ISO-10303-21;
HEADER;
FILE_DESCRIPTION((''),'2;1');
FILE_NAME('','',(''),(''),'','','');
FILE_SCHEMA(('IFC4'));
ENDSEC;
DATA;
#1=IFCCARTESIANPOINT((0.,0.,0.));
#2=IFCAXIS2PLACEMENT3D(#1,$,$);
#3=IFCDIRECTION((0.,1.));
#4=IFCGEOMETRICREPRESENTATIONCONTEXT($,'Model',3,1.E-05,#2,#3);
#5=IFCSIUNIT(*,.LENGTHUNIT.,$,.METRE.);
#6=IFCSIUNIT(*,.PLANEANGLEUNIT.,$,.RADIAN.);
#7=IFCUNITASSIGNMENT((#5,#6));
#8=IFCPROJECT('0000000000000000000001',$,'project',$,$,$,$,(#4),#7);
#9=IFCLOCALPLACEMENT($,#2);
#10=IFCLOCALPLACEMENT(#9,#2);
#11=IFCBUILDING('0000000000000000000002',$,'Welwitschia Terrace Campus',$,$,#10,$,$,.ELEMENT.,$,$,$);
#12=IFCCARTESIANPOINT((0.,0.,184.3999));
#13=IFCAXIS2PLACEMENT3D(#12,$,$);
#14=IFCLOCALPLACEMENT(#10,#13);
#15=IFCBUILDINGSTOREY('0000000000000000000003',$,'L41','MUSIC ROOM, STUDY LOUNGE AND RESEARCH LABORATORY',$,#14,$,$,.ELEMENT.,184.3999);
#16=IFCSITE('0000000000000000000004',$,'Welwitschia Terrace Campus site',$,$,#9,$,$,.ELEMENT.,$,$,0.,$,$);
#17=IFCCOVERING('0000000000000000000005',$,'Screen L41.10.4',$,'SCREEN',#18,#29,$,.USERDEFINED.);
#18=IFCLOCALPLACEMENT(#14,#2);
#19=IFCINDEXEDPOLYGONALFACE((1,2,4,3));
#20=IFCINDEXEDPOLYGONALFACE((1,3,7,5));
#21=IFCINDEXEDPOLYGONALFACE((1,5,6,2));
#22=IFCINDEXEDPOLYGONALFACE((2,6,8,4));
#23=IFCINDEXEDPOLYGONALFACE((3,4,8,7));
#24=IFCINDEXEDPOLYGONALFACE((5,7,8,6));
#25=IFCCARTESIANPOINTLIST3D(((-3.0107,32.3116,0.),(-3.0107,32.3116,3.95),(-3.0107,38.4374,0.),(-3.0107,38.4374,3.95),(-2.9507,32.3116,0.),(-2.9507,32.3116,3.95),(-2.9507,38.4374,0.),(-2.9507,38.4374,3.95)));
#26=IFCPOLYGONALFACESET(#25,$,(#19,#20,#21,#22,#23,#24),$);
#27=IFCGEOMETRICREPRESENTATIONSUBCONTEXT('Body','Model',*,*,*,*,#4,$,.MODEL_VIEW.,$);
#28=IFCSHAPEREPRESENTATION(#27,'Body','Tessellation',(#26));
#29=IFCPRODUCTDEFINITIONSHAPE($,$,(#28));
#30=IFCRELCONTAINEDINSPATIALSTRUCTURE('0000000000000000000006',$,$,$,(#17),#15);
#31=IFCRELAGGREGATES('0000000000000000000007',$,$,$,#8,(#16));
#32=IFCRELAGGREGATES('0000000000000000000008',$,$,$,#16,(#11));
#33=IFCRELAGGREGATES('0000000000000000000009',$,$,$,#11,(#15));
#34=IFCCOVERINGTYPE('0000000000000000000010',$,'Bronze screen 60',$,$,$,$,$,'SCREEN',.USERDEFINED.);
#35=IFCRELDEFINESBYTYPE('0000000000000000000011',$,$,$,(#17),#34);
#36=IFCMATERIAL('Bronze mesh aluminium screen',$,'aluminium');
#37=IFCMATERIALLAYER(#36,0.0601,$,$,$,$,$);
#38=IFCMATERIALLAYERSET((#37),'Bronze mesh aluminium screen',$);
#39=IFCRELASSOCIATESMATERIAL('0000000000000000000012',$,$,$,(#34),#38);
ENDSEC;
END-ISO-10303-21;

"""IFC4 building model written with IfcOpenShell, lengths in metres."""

from ifc_helpers import new_model, si_unit, direction, frame, origin, origin_2d, place, context, subcontext, project, spatial, rectangle, extrude, material, layer, layer_set, type_object, element, save


model = new_model("IFC4")

# Units and contexts
model_context = context("Model", 3, precision=1e-05, world=origin(), true_north=direction((0.0, 1.0)))
body_context = subcontext(model_context, "Body", "Model", "MODEL_VIEW")
ifc_project = project(units=[si_unit("LENGTHUNIT", "METRE"), si_unit("PLANEANGLEUNIT", "RADIAN")], contexts=[model_context])

# Site, building, storey
site_placement = place(None, origin())
site = spatial("IfcSite", under=ifc_project, at=site_placement, Name="Welwitschia Terrace Campus site", CompositionType="ELEMENT", RefElevation=0.0)
building_placement = place(site_placement, origin())
building = spatial("IfcBuilding", under=site, at=building_placement, Name="Welwitschia Terrace Campus", CompositionType="ELEMENT")
storey_placement = place(building_placement, frame((0.0, 0.0, 184.3999)))
storey = spatial("IfcBuildingStorey", under=building, at=storey_placement, Name="L41", Description="MUSIC ROOM, STUDY LOUNGE AND RESEARCH LABORATORY", CompositionType="ELEMENT", Elevation=184.3999)

# Covering
ifc_material_1 = material(Name="Bronze mesh aluminium screen", Category="aluminium")
ifc_layer_1 = layer(ifc_material_1, 0.0601)
ifc_layer_set_1 = layer_set([ifc_layer_1], Name="Bronze mesh aluminium screen")
covering_type = type_object("IfcCoveringType", Name="Bronze screen 60", ElementType="SCREEN", PredefinedType="USERDEFINED", material=ifc_layer_set_1)
covering_placement = place(storey_placement, frame((-2.9807, 35.3745, 0.0), z_axis=(0.0, 0.0, 1.0), x_axis=(0.0, -1.0, 0.0)))
element("IfcCovering", 1, at=covering_placement, inside=storey, type_object=covering_type, Name="Screen L41.10.4", ObjectType="SCREEN", PredefinedType="USERDEFINED", context=body_context, shape_type="SweptSolid", body=[
    extrude(rectangle(XDim=6.1257, YDim=0.0601, at=origin_2d()), origin(), (0.0, 0.0, 1.0), 3.95),
])

save(model, "model.ifc")
